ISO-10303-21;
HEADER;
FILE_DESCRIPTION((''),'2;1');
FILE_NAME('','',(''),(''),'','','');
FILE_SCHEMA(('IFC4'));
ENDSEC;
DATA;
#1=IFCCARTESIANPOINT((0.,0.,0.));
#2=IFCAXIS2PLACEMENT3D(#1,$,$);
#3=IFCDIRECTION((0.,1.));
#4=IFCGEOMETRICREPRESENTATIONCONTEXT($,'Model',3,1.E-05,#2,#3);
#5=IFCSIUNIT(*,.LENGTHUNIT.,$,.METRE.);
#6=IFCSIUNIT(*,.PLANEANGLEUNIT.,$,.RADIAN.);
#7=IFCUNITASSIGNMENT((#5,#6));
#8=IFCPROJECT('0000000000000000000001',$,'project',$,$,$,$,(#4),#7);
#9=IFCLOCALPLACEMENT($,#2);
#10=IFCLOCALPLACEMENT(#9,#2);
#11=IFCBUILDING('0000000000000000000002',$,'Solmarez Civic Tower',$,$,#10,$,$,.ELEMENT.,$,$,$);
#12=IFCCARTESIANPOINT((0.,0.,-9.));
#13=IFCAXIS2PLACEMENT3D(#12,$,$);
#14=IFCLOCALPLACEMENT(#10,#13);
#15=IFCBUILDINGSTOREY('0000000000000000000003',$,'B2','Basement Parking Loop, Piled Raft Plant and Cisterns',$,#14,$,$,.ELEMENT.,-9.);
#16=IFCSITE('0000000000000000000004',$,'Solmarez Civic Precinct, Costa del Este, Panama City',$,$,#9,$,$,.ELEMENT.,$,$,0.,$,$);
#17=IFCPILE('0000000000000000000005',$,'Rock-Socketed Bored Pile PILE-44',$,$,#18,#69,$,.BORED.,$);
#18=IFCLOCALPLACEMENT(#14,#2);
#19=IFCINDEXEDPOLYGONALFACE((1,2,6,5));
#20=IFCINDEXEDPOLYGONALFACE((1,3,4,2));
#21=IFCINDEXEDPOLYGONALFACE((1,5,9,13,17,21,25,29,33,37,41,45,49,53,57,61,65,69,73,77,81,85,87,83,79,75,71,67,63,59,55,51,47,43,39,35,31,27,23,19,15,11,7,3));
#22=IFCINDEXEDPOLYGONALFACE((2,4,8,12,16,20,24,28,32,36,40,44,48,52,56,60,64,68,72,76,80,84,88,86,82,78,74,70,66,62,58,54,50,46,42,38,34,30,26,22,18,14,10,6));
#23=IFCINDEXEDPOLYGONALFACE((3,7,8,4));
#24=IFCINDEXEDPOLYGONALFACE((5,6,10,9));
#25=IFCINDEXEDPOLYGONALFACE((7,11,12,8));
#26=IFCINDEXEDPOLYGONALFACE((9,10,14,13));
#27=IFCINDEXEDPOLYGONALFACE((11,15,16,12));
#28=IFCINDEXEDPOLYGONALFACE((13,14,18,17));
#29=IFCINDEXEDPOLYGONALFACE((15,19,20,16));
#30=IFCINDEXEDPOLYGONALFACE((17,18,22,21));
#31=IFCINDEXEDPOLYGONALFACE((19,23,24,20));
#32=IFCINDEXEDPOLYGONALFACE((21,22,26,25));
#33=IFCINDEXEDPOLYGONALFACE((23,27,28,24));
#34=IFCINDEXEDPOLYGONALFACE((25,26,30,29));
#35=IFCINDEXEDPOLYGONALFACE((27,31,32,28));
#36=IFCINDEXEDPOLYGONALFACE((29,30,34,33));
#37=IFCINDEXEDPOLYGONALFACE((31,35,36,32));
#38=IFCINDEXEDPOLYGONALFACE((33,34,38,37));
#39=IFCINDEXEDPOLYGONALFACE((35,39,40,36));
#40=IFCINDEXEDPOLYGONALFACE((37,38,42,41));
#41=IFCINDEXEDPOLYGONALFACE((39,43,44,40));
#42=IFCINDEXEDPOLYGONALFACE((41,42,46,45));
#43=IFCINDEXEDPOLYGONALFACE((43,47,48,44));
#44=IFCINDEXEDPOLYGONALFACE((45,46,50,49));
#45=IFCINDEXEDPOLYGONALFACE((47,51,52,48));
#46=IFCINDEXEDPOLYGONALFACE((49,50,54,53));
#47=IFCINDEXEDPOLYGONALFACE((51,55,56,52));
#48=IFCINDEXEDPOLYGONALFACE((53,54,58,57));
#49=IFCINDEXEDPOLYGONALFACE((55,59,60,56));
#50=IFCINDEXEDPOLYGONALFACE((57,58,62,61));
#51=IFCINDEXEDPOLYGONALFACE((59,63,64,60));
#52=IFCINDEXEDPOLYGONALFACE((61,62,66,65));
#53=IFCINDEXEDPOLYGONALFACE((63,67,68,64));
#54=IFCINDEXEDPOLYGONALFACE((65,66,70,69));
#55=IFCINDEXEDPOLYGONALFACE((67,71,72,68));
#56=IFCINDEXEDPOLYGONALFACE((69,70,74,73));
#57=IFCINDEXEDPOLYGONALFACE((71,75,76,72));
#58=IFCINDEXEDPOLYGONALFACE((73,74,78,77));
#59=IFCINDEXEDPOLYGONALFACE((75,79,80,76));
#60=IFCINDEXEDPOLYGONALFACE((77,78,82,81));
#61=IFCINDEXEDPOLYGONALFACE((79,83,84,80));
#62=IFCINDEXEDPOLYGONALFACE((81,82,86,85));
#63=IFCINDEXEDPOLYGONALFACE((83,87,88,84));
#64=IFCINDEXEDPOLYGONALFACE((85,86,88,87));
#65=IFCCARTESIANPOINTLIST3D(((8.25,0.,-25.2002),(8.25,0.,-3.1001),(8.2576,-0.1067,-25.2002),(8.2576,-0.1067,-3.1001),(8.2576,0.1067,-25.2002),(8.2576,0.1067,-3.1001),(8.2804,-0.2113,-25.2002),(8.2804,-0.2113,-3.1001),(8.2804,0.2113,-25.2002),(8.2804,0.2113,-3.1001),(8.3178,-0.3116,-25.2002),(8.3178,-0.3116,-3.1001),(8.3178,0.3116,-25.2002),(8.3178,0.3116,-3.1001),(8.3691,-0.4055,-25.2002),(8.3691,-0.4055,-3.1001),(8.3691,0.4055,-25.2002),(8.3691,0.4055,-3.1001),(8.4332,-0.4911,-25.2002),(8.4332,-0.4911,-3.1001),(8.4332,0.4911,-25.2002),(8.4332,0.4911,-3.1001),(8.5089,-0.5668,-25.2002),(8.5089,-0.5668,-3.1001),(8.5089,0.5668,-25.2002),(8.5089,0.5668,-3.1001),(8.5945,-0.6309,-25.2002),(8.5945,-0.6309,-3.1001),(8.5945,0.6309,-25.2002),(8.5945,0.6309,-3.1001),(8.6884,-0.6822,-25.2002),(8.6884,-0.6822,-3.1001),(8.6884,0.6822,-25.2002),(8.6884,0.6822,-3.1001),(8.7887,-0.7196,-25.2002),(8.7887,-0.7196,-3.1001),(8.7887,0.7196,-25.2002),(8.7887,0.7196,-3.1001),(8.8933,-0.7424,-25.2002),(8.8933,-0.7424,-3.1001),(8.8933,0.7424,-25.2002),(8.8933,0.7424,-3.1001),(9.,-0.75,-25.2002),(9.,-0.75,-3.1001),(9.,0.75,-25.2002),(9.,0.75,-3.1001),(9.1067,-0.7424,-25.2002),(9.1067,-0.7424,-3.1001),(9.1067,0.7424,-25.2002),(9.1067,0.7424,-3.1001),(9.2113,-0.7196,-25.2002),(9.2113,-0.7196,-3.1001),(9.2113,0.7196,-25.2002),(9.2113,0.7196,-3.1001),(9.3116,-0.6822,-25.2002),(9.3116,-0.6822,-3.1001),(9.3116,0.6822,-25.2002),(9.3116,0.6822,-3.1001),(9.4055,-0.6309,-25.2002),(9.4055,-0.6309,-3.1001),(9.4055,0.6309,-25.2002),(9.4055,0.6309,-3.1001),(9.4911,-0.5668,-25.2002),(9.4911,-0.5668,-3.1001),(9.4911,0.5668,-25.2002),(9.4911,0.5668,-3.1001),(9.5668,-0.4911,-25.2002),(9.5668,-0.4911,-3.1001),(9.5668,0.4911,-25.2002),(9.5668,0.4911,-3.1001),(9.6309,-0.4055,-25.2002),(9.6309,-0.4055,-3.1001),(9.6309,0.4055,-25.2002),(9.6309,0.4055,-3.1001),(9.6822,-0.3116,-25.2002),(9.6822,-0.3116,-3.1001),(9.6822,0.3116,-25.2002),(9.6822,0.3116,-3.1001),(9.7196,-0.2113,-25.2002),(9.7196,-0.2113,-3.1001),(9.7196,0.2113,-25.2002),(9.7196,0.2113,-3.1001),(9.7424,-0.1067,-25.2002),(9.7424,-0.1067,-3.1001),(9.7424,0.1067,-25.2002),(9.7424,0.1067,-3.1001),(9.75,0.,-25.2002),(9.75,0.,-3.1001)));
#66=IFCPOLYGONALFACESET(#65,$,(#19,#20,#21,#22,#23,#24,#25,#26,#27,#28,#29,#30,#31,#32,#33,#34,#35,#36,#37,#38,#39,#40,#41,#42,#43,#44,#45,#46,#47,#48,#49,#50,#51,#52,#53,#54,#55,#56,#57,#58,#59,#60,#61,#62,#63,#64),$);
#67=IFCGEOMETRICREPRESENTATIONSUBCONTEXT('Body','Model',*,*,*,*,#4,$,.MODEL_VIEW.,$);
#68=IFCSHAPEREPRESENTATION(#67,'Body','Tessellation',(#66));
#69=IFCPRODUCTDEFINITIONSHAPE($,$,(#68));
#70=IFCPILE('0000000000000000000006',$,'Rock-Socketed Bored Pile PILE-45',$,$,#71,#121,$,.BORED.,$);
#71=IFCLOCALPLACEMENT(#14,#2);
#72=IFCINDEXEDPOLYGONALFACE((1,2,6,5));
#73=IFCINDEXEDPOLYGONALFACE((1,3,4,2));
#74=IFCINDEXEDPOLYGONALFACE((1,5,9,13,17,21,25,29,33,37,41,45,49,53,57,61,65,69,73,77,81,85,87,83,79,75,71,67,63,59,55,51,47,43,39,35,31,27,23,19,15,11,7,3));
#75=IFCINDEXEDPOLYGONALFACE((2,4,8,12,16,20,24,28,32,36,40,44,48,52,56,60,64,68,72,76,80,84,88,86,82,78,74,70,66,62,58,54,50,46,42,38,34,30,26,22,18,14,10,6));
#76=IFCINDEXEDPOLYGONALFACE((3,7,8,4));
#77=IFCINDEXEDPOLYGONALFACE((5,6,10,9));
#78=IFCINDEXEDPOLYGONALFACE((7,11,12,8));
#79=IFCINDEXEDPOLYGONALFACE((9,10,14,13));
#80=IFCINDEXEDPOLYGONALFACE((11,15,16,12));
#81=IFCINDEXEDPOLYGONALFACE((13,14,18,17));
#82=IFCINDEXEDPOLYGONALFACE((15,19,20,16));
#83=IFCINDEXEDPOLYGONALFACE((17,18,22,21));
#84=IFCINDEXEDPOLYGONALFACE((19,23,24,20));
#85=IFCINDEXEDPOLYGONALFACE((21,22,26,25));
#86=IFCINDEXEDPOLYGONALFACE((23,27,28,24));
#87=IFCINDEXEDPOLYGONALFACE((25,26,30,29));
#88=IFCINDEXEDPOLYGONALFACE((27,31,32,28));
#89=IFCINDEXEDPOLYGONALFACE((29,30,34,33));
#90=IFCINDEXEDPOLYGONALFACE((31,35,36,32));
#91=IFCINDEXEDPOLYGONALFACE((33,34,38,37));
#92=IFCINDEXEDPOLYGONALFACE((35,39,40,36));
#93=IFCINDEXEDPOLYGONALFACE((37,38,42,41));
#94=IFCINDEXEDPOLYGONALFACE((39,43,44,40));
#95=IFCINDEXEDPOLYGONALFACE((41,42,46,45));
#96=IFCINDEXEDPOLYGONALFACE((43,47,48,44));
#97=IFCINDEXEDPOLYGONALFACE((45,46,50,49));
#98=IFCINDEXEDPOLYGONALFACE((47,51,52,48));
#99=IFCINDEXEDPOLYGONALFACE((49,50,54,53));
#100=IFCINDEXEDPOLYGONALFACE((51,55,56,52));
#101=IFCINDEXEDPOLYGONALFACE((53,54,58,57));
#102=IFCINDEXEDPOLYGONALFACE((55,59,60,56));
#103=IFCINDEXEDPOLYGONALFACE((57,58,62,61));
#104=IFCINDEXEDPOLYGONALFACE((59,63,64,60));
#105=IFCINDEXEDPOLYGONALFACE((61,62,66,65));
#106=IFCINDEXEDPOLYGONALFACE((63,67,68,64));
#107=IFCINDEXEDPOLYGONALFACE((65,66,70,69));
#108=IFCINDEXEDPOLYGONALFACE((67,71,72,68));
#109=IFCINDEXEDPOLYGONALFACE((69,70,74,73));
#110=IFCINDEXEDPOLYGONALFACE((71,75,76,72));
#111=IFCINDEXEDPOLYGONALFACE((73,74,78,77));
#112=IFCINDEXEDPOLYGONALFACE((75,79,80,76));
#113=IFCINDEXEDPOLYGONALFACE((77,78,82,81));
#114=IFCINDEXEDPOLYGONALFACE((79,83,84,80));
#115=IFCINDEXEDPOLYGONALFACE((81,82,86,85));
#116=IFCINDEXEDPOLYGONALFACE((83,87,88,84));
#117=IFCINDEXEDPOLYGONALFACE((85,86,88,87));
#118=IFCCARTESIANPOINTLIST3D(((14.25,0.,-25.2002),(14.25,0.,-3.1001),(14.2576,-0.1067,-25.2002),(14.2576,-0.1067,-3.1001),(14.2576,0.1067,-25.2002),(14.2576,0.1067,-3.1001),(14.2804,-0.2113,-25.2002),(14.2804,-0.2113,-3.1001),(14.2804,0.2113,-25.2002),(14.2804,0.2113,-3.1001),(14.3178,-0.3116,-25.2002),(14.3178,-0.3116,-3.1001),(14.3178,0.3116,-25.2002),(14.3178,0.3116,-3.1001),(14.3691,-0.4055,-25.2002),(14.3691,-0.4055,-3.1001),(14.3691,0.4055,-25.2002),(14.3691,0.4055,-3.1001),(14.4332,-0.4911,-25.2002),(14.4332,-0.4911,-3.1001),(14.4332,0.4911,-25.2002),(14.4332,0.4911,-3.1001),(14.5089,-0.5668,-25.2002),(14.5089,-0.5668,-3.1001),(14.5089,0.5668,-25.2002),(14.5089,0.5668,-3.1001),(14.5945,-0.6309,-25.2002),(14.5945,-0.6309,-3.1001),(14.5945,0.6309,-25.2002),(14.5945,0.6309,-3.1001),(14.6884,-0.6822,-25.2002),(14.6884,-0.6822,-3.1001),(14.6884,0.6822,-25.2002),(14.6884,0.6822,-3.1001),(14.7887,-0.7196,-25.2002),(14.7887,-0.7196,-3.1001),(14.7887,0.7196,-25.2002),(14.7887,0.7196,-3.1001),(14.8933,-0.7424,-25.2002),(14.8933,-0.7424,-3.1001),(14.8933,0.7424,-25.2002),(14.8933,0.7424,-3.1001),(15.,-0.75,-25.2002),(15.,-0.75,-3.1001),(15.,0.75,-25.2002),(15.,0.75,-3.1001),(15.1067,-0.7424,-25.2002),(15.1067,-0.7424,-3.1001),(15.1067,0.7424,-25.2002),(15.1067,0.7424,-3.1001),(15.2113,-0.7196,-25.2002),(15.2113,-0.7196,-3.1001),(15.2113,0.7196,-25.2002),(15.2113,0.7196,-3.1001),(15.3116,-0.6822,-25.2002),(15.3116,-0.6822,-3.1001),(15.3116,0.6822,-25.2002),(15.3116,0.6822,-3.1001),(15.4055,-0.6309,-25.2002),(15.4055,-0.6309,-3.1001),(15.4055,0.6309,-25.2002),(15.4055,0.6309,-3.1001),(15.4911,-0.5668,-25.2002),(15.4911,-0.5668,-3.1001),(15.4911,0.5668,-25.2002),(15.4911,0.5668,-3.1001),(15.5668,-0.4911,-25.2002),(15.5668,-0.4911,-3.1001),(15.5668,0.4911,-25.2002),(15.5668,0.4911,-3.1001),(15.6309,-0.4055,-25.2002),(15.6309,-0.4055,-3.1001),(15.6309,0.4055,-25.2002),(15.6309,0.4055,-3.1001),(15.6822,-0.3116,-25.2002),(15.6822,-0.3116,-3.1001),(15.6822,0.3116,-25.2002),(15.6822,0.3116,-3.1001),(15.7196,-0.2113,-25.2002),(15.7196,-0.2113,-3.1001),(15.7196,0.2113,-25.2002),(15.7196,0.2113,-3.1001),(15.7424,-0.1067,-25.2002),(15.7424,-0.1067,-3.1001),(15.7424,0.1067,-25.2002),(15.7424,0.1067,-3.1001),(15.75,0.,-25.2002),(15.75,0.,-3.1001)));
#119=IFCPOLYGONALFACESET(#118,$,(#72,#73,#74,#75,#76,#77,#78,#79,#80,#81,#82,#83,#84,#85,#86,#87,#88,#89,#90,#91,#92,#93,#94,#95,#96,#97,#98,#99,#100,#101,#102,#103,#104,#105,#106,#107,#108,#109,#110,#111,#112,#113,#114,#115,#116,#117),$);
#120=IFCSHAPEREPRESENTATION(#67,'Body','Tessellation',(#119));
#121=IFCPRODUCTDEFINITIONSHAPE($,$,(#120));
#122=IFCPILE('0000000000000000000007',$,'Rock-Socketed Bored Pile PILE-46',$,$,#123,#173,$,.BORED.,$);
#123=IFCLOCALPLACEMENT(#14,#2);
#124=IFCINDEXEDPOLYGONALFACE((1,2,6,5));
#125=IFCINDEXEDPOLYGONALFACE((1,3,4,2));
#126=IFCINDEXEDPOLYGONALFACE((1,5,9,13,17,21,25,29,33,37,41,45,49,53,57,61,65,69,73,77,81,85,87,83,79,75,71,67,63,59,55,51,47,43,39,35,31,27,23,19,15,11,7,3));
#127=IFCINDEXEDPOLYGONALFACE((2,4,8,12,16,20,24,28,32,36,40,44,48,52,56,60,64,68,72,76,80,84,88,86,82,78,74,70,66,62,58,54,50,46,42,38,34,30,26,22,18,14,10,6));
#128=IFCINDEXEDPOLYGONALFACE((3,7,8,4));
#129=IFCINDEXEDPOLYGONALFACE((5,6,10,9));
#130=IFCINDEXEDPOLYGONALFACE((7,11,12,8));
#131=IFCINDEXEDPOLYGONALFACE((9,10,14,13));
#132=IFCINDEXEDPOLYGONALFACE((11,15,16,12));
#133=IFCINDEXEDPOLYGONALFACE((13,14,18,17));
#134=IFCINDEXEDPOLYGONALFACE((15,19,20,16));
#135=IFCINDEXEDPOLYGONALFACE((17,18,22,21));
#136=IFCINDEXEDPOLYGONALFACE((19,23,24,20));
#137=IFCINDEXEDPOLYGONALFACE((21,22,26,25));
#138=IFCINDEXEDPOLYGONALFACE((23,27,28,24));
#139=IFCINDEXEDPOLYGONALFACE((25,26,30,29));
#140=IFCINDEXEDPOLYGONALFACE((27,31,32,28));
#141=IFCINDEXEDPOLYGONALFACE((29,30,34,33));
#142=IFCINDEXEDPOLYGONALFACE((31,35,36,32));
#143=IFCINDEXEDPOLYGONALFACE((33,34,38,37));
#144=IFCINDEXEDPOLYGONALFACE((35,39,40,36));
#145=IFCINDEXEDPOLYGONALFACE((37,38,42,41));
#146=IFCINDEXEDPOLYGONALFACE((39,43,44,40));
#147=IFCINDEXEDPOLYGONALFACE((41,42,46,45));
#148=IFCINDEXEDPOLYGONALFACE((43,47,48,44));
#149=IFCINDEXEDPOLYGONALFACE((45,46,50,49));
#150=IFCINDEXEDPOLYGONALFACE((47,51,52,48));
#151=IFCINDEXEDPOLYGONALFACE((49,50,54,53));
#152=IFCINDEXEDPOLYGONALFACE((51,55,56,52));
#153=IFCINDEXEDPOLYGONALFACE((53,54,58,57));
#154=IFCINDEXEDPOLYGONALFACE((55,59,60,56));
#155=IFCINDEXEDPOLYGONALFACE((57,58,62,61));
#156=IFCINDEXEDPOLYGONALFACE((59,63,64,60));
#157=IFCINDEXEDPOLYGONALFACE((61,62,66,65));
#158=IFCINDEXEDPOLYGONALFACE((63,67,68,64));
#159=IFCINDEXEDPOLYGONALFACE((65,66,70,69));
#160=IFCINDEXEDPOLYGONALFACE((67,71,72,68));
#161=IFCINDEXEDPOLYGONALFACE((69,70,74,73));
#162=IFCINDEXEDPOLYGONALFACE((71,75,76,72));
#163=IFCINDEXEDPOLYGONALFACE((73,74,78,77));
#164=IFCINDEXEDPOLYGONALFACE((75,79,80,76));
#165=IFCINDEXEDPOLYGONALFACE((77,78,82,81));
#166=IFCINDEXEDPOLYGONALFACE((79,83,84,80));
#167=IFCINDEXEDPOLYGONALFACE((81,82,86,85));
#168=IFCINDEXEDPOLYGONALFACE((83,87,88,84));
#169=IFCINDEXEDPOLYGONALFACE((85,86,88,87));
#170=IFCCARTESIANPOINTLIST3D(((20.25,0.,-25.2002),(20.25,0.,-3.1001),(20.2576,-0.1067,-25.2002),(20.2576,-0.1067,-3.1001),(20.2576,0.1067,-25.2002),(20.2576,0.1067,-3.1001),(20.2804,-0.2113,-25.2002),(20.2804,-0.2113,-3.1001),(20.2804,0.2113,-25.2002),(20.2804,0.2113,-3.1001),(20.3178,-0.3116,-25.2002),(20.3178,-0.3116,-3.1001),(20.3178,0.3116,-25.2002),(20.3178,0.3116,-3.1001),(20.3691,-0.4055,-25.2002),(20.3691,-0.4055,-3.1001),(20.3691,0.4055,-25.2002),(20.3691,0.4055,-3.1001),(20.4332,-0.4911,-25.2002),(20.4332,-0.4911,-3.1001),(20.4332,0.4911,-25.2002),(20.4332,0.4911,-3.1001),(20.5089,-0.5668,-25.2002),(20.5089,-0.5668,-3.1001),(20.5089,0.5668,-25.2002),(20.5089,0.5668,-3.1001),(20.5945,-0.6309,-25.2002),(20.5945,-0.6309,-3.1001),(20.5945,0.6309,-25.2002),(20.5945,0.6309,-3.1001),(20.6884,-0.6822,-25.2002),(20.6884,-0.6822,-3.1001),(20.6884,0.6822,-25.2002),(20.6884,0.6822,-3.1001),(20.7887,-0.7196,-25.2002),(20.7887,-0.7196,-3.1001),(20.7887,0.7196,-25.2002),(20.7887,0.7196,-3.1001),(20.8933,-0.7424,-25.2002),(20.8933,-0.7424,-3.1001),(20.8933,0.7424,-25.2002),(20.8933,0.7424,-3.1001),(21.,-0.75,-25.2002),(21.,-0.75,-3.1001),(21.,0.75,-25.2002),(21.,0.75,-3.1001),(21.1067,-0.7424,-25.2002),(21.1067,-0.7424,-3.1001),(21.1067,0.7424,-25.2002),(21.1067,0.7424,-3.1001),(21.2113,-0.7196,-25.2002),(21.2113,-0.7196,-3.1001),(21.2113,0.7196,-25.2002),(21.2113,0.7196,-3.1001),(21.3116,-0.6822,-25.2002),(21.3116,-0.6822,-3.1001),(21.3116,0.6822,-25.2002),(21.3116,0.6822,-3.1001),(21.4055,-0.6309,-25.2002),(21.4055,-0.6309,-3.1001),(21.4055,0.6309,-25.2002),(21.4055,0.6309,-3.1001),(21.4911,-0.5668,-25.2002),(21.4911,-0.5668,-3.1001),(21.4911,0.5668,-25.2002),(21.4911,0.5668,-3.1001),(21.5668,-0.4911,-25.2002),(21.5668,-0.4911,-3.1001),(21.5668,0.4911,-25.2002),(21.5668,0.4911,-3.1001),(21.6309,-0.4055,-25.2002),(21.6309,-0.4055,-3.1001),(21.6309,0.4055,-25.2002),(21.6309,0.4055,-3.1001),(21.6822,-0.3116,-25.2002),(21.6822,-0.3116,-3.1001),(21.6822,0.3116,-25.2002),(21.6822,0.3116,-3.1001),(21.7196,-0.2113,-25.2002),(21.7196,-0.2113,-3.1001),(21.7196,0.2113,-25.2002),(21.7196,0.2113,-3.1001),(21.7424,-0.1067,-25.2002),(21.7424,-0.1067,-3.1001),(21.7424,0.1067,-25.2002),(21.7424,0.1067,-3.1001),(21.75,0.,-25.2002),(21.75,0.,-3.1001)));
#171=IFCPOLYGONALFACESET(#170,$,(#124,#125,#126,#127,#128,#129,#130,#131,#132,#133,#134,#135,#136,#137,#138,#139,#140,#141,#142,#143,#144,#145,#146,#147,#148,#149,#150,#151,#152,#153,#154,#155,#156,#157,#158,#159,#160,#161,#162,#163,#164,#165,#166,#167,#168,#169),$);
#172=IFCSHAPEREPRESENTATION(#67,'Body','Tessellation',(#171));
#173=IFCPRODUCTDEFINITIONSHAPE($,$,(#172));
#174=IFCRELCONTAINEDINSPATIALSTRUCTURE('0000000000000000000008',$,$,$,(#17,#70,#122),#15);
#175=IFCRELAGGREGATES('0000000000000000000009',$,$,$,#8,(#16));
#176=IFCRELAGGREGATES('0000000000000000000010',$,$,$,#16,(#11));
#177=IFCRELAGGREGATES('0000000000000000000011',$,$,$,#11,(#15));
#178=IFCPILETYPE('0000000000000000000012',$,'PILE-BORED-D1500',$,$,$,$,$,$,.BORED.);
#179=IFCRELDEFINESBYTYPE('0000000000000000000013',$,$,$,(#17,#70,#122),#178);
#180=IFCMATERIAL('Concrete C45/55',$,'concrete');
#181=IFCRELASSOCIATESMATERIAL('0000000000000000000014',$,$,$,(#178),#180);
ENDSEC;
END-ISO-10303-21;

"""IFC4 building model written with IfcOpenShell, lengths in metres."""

from ifc_helpers import new_model, si_unit, direction, frame, origin, origin_2d, place, context, subcontext, project, spatial, circle, extrude, material, material_profile, profile_set, type_object, element, save


model = new_model("IFC4")

# Units and contexts
model_context = context("Model", 3, precision=1e-05, world=origin(), true_north=direction((0.0, 1.0)))
body_context = subcontext(model_context, "Body", "Model", "MODEL_VIEW")
ifc_project = project(units=[si_unit("LENGTHUNIT", "METRE"), si_unit("PLANEANGLEUNIT", "RADIAN")], contexts=[model_context])

# Site, building, storey
site_placement = place(None, origin())
site = spatial("IfcSite", under=ifc_project, at=site_placement, Name="Solmarez Civic Precinct, Costa del Este, Panama City", CompositionType="ELEMENT", RefElevation=0.0)
building_placement = place(site_placement, origin())
building = spatial("IfcBuilding", under=site, at=building_placement, Name="Solmarez Civic Tower", CompositionType="ELEMENT")
storey_placement = place(building_placement, frame((0.0, 0.0, -9.0)))
storey = spatial("IfcBuildingStorey", under=building, at=storey_placement, Name="B2", Description="Basement Parking Loop, Piled Raft Plant and Cisterns", CompositionType="ELEMENT", Elevation=-9.0)

# Piles
ifc_material_1 = material(Name="Concrete C45/55", Category="concrete")
ifc_material_profile_1 = material_profile(ifc_material_1, circle(Radius=0.75, at=origin_2d()), Name="PILE-D1500")
ifc_profile_set_1 = profile_set([ifc_material_profile_1], Name="Concrete C45/55")
pile_type = type_object("IfcPileType", Name="PILE-BORED-D1500", PredefinedType="BORED", material=ifc_profile_set_1)
for number, where, z_axis, x_axis, name in (
    (1, (9.0, 0.0, -3.1001), (0.0, 0.0, -1.0), (1.0, 0.0, 0.0), "Rock-Socketed Bored Pile PILE-44"),
    (2, (15.0, 0.0, -3.1001), (0.0, 0.0, -1.0), (1.0, 0.0, 0.0), "Rock-Socketed Bored Pile PILE-45"),
    (3, (21.0, 0.0, -3.1001), (0.0, 0.0, -1.0), (1.0, 0.0, 0.0), "Rock-Socketed Bored Pile PILE-46"),
):
    element("IfcPile", number, at=place(storey_placement, frame(where, z_axis=z_axis, x_axis=x_axis)), inside=storey, type_object=pile_type, Name=name, PredefinedType="BORED", context=body_context, shape_type="SweptSolid", body=[
        extrude(circle(Radius=0.75, at=origin_2d()), origin(), (0.0, 0.0, 1.0), 22.1001),
    ])

save(model, "model.ifc")
